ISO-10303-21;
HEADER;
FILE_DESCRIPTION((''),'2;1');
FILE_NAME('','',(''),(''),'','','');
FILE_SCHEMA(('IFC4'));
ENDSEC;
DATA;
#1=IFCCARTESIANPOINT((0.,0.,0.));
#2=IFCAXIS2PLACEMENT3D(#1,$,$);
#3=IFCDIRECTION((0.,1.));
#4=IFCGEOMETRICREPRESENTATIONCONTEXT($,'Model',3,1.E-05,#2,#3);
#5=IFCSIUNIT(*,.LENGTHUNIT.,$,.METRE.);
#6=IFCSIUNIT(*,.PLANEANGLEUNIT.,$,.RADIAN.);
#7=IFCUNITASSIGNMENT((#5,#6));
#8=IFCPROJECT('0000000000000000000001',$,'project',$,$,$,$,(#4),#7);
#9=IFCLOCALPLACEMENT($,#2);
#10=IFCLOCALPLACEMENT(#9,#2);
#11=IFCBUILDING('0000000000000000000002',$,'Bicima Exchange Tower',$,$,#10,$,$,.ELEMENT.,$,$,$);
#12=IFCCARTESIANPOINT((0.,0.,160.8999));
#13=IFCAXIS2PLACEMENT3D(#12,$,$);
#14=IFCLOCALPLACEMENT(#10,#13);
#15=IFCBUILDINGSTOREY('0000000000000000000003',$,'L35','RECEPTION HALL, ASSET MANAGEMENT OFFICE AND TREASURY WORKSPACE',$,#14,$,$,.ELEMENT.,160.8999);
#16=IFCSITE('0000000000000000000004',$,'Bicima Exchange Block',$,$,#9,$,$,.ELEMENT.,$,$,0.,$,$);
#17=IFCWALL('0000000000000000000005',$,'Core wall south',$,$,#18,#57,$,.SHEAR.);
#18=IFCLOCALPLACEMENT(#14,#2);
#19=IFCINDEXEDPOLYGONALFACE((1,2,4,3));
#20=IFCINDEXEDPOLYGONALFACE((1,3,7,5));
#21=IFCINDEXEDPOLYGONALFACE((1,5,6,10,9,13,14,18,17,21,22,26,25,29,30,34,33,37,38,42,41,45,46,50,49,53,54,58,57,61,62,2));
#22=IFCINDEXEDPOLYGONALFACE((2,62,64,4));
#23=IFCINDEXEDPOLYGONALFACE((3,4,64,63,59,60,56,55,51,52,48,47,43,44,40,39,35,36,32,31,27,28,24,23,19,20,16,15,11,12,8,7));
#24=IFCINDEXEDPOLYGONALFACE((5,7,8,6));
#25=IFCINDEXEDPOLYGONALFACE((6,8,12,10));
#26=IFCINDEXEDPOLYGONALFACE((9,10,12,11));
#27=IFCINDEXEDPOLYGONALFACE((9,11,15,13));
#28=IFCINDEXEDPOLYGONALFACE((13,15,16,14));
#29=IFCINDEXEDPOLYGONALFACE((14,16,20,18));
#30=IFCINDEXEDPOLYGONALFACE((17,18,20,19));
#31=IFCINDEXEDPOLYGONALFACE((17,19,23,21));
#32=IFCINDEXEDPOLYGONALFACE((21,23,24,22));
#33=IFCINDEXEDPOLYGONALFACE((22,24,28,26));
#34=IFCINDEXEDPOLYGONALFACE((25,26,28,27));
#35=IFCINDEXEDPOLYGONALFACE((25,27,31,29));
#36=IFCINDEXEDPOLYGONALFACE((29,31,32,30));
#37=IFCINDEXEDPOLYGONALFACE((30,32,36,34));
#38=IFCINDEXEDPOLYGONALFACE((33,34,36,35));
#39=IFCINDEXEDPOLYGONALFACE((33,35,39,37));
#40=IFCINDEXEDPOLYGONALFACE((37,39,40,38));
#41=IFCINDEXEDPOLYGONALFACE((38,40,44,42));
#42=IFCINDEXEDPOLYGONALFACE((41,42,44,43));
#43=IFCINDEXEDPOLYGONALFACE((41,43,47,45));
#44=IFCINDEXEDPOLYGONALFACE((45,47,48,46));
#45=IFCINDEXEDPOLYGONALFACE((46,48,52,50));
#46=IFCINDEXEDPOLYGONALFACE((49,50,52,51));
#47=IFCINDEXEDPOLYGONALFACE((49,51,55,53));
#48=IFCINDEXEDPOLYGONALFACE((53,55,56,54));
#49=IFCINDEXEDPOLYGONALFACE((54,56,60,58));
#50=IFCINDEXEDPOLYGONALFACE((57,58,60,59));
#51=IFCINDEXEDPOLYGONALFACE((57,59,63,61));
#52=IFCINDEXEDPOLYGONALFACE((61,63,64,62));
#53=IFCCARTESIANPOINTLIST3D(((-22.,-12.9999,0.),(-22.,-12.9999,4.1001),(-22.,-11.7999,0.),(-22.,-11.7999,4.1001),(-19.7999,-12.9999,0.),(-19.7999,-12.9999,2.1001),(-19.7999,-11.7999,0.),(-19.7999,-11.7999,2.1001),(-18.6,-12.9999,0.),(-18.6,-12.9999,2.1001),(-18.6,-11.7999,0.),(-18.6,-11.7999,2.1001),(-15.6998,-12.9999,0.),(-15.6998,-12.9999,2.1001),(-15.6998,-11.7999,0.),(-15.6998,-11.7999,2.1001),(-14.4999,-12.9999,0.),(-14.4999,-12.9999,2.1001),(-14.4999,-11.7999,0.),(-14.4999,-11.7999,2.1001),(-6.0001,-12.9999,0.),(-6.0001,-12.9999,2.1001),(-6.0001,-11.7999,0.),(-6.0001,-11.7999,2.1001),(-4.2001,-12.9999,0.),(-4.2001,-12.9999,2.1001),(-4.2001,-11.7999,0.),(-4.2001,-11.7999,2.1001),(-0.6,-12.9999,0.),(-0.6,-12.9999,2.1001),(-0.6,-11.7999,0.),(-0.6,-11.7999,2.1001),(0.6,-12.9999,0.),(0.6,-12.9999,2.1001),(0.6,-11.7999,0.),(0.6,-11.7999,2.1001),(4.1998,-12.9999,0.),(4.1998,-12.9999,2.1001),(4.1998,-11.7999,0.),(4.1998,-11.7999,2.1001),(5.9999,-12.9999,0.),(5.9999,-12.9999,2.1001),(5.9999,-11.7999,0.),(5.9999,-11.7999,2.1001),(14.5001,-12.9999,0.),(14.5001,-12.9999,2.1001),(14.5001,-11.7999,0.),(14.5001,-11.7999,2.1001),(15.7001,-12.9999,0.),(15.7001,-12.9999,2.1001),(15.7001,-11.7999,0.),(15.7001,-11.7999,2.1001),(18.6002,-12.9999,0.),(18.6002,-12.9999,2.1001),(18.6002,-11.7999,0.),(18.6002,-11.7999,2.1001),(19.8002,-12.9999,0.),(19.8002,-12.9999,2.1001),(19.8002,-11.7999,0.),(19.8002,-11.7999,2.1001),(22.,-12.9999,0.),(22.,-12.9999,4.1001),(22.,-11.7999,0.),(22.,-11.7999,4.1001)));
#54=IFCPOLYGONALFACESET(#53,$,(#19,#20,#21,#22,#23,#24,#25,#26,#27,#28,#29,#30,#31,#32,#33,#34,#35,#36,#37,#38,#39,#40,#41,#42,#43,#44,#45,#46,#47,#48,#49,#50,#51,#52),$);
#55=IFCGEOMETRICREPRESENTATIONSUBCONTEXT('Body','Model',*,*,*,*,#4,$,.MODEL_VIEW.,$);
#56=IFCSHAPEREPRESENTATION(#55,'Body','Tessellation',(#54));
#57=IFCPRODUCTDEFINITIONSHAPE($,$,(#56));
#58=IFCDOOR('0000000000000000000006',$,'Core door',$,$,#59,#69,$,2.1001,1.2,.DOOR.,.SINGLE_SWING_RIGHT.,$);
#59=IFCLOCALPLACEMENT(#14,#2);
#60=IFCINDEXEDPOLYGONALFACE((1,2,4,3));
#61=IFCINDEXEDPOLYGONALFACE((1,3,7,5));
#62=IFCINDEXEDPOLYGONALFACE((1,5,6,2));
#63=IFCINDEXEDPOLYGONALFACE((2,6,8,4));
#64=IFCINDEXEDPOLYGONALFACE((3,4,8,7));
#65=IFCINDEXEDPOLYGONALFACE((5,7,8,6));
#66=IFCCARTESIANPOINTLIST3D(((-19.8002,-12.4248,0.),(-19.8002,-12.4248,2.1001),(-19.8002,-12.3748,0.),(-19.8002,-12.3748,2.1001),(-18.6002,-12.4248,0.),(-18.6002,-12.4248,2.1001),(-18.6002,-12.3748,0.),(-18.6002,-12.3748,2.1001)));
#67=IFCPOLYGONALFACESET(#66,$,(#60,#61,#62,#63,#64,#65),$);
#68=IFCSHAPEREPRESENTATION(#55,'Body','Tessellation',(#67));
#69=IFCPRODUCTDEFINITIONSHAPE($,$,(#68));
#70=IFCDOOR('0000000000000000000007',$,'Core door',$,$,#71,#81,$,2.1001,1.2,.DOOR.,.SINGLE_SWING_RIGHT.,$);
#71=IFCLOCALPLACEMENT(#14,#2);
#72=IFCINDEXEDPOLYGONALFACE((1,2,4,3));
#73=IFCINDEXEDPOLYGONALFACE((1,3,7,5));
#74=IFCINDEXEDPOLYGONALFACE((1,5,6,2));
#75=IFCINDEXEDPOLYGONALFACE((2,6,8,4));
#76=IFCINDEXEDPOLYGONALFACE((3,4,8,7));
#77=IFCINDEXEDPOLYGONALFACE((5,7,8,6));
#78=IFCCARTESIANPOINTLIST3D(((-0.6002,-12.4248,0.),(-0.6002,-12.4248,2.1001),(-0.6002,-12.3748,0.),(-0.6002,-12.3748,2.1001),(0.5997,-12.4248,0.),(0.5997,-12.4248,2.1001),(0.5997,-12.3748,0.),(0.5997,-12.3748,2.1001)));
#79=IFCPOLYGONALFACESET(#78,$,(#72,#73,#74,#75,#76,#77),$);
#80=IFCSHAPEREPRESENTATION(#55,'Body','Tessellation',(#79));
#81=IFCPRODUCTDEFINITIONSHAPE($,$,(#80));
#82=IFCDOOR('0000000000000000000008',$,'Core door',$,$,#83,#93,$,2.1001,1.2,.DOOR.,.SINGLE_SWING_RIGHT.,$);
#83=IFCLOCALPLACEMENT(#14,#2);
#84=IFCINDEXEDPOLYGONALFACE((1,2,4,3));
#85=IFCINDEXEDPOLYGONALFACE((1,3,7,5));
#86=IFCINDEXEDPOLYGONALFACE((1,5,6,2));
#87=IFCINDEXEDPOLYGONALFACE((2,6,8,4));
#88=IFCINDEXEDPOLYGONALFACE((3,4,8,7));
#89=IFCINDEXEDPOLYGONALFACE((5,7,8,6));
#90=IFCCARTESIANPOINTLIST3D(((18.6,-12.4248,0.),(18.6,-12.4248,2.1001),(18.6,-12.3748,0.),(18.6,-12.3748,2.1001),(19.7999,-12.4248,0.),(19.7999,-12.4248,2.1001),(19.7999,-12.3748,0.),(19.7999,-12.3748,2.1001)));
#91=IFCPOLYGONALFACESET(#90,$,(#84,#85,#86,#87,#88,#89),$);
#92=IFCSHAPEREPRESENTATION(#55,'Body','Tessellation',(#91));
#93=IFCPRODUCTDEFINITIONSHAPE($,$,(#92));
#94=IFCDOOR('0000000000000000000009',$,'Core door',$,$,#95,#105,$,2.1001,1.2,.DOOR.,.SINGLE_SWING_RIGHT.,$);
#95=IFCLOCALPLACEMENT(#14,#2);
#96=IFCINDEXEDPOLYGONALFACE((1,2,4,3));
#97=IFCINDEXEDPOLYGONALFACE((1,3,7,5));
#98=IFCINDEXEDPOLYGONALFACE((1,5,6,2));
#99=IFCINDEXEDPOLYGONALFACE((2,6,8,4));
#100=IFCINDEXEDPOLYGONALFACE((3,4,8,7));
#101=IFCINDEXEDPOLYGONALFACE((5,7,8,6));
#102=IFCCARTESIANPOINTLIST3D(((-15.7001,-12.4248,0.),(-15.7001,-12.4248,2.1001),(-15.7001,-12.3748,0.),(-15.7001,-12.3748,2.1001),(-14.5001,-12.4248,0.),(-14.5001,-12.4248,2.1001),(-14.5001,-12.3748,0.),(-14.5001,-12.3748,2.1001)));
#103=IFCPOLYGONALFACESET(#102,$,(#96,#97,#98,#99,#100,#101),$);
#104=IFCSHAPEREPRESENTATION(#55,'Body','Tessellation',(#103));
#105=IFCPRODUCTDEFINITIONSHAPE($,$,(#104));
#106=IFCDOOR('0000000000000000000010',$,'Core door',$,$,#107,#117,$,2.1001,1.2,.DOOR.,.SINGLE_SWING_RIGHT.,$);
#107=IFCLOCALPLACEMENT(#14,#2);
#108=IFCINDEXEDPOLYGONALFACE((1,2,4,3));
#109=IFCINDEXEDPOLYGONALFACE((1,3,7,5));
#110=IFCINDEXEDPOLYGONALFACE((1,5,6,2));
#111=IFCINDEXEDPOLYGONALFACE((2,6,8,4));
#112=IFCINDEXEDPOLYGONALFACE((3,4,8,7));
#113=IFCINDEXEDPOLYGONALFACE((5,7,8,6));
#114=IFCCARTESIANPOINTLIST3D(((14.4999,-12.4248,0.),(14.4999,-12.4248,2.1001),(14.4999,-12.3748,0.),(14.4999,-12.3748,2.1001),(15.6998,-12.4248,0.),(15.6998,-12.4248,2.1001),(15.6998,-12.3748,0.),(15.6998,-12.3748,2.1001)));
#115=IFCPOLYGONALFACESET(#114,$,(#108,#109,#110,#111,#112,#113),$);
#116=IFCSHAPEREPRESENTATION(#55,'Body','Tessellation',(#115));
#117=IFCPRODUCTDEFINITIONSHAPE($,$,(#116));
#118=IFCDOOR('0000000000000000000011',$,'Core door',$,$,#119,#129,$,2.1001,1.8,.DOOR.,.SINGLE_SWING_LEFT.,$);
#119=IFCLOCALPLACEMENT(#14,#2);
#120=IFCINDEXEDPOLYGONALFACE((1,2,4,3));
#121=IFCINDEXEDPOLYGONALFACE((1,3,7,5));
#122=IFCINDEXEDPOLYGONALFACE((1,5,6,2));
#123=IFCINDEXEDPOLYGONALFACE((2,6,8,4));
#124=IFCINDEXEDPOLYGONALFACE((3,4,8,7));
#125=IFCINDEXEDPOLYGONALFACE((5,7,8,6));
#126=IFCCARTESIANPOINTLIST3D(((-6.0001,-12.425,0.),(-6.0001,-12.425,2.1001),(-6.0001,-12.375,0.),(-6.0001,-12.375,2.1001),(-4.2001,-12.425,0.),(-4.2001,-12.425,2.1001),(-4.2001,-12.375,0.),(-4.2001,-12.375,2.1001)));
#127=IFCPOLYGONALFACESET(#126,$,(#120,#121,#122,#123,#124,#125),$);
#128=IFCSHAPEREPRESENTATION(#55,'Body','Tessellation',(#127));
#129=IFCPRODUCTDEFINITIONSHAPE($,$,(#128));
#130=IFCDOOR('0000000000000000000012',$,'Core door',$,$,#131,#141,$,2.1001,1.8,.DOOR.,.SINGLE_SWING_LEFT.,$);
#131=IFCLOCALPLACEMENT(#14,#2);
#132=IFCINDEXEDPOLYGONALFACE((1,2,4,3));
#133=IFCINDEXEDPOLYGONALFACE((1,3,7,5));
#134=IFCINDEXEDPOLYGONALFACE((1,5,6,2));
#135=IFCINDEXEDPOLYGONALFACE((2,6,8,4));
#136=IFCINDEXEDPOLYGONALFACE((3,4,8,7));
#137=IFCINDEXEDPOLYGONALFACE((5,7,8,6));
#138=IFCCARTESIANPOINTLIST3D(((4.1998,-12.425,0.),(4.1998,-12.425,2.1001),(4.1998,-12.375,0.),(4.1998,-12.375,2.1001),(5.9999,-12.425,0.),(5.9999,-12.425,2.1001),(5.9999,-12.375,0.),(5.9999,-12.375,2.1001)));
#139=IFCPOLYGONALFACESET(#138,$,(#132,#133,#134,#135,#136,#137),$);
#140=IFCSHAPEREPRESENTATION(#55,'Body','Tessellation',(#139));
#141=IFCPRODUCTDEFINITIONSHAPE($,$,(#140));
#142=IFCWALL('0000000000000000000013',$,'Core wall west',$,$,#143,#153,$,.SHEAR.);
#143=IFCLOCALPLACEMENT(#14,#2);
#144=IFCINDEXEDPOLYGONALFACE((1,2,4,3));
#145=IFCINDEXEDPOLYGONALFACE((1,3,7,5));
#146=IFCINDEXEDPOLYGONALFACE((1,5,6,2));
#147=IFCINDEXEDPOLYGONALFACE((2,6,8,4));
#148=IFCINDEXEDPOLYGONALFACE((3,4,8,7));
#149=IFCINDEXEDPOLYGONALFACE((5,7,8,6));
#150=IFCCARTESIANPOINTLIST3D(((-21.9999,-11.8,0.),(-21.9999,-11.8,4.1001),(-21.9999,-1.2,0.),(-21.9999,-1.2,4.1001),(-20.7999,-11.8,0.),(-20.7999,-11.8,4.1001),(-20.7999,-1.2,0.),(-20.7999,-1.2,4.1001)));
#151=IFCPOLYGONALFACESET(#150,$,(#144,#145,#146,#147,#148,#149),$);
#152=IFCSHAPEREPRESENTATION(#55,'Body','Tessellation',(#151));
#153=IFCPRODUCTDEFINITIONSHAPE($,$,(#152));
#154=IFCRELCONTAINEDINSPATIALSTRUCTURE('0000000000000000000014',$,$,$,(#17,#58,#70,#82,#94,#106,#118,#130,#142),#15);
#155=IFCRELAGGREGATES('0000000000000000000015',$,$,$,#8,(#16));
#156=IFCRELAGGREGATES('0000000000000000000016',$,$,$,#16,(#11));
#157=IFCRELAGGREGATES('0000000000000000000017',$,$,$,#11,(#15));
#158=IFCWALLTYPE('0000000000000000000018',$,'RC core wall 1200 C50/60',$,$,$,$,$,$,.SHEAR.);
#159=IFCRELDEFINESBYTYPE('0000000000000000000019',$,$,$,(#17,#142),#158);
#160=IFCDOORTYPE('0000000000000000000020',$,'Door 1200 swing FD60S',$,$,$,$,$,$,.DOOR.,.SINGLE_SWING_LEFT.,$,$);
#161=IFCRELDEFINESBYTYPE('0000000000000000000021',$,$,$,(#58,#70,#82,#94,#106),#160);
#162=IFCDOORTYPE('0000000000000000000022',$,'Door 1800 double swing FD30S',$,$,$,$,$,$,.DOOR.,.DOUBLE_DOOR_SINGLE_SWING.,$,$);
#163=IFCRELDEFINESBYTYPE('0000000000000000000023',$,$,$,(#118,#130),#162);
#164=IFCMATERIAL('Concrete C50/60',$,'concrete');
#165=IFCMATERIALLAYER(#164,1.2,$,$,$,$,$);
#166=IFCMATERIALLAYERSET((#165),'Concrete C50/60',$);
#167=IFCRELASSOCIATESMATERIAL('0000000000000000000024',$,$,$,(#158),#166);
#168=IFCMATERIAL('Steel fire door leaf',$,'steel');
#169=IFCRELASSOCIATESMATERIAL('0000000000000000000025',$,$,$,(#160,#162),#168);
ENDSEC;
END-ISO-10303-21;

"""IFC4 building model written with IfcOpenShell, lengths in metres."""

from ifc_helpers import new_model, si_unit, direction, frame, frame_2d, origin, place, context, subcontext, project, spatial, rectangle, extrude, material, layer, layer_set, type_object, element, fill, save


model = new_model("IFC4")

# Units and contexts
model_context = context("Model", 3, precision=1e-05, world=origin(), true_north=direction((0.0, 1.0)))
body_context = subcontext(model_context, "Body", "Model", "MODEL_VIEW")
ifc_project = project(units=[si_unit("LENGTHUNIT", "METRE"), si_unit("PLANEANGLEUNIT", "RADIAN")], contexts=[model_context])

# Site, building, storey
site_placement = place(None, origin())
site = spatial("IfcSite", under=ifc_project, at=site_placement, Name="Bicima Exchange Block", CompositionType="ELEMENT", RefElevation=0.0)
building_placement = place(site_placement, origin())
building = spatial("IfcBuilding", under=site, at=building_placement, Name="Bicima Exchange Tower", CompositionType="ELEMENT")
storey_placement = place(building_placement, frame((0.0, 0.0, 160.8999)))
storey = spatial("IfcBuildingStorey", under=building, at=storey_placement, Name="L35", Description="RECEPTION HALL, ASSET MANAGEMENT OFFICE AND TREASURY WORKSPACE", CompositionType="ELEMENT", Elevation=160.8999)

# Wall, openings, doors
ifc_material_1 = material(Name="Concrete C50/60", Category="concrete")
ifc_layer_1 = layer(ifc_material_1, 1.2)
ifc_layer_set_1 = layer_set([ifc_layer_1], Name="Concrete C50/60")
wall_type_1 = type_object("IfcWallType", Name="RC core wall 1200 C50/60", PredefinedType="SHEAR", material=ifc_layer_set_1)
wall_1_placement = place(storey_placement, frame((-22.0, -12.3999, 0.0), z_axis=(0.0, 0.0, 1.0), x_axis=(1.0, 0.0, 0.0)))
wall_1 = element("IfcWall", 1, at=wall_1_placement, inside=storey, type_object=wall_type_1, Name="Core wall south", PredefinedType="SHEAR", context=body_context, shape_type="SweptSolid", body=[
    extrude(rectangle(XDim=44.0, YDim=1.2, at=frame_2d((22.0, 0.0))), origin(), (0.0, 0.0, 1.0), 4.1001),
])
opening_1_placement = place(wall_1_placement, frame((2.2, 0.0, 0.0)))
opening_1 = element("IfcOpeningElement", 2, at=opening_1_placement, cuts=wall_1, PredefinedType="OPENING", context=body_context, shape_type="SweptSolid", body=[
    extrude(rectangle(XDim=1.2, YDim=2.1001, at=frame_2d((0.6001, 1.05))), frame((0.0, 0.6118, 0.0), z_axis=(0.0, -1.0, 0.0), x_axis=(1.0, 0.0, 0.0)), (0.0, 0.0, 1.0), 1.2239),
])
opening_2_placement = place(wall_1_placement, frame((21.3999, 0.0, 0.0)))
opening_2 = element("IfcOpeningElement", 3, at=opening_2_placement, cuts=wall_1, PredefinedType="OPENING", context=body_context, shape_type="SweptSolid", body=[
    extrude(rectangle(XDim=1.2, YDim=2.1001, at=frame_2d((0.6001, 1.05))), frame((0.0, 0.6118, 0.0), z_axis=(0.0, -1.0, 0.0), x_axis=(1.0, 0.0, 0.0)), (0.0, 0.0, 1.0), 1.2239),
])
opening_3_placement = place(wall_1_placement, frame((40.6001, 0.0, 0.0)))
opening_3 = element("IfcOpeningElement", 4, at=opening_3_placement, cuts=wall_1, PredefinedType="OPENING", context=body_context, shape_type="SweptSolid", body=[
    extrude(rectangle(XDim=1.2, YDim=2.1001, at=frame_2d((0.6001, 1.05))), frame((0.0, 0.6118, 0.0), z_axis=(0.0, -1.0, 0.0), x_axis=(1.0, 0.0, 0.0)), (0.0, 0.0, 1.0), 1.2239),
])
opening_4_placement = place(wall_1_placement, frame((16.0, 0.0, 0.0)))
opening_4 = element("IfcOpeningElement", 5, at=opening_4_placement, cuts=wall_1, PredefinedType="OPENING", context=body_context, shape_type="SweptSolid", body=[
    extrude(rectangle(XDim=1.8, YDim=2.1001, at=frame_2d((0.8999, 1.05))), frame((0.0, 0.6118, 0.0), z_axis=(0.0, -1.0, 0.0), x_axis=(1.0, 0.0, 0.0)), (0.0, 0.0, 1.0), 1.2239),
])
opening_5_placement = place(wall_1_placement, frame((6.3, 0.0, 0.0)))
opening_5 = element("IfcOpeningElement", 6, at=opening_5_placement, cuts=wall_1, PredefinedType="OPENING", context=body_context, shape_type="SweptSolid", body=[
    extrude(rectangle(XDim=1.2, YDim=2.1001, at=frame_2d((0.6001, 1.05))), frame((0.0, 0.6118, 0.0), z_axis=(0.0, -1.0, 0.0), x_axis=(1.0, 0.0, 0.0)), (0.0, 0.0, 1.0), 1.2239),
])
opening_6_placement = place(wall_1_placement, frame((26.2, 0.0, 0.0)))
opening_6 = element("IfcOpeningElement", 7, at=opening_6_placement, cuts=wall_1, PredefinedType="OPENING", context=body_context, shape_type="SweptSolid", body=[
    extrude(rectangle(XDim=1.8, YDim=2.1001, at=frame_2d((0.8999, 1.05))), frame((0.0, 0.6118, 0.0), z_axis=(0.0, -1.0, 0.0), x_axis=(1.0, 0.0, 0.0)), (0.0, 0.0, 1.0), 1.2239),
])
opening_7_placement = place(wall_1_placement, frame((36.5, 0.0, 0.0)))
opening_7 = element("IfcOpeningElement", 8, at=opening_7_placement, cuts=wall_1, PredefinedType="OPENING", context=body_context, shape_type="SweptSolid", body=[
    extrude(rectangle(XDim=1.2, YDim=2.1001, at=frame_2d((0.6001, 1.05))), frame((0.0, 0.6118, 0.0), z_axis=(0.0, -1.0, 0.0), x_axis=(1.0, 0.0, 0.0)), (0.0, 0.0, 1.0), 1.2239),
])
ifc_material_2 = material(Name="Steel fire door leaf", Category="steel")
door_type_1 = type_object("IfcDoorType", Name="Door 1200 swing FD60S", OperationType="SINGLE_SWING_LEFT", PredefinedType="DOOR", material=ifc_material_2)
door_1_placement = place(opening_1_placement, frame((1.2, 0.0, 0.0), z_axis=(0.0, 0.0, 1.0), x_axis=(-1.0, 0.0, 0.0)))
door_1 = element("IfcDoor", 9, at=door_1_placement, inside=storey, type_object=door_type_1, Name="Core door", OperationType="SINGLE_SWING_RIGHT", OverallHeight=2.1001, OverallWidth=1.2, PredefinedType="DOOR", context=body_context, shape_type="SweptSolid", body=[
    extrude(rectangle(XDim=1.2, YDim=2.1001, at=frame_2d((0.6001, 1.05))), frame((0.0, 0.0249, 0.0), z_axis=(0.0, -1.0, 0.0), x_axis=(1.0, 0.0, 0.0)), (0.0, 0.0, 1.0), 0.05),
])
fill(opening_1, door_1)
door_2_placement = place(opening_2_placement, frame((1.2, 0.0, 0.0), z_axis=(0.0, 0.0, 1.0), x_axis=(-1.0, 0.0, 0.0)))
door_2 = element("IfcDoor", 10, at=door_2_placement, inside=storey, type_object=door_type_1, Name="Core door", OperationType="SINGLE_SWING_RIGHT", OverallHeight=2.1001, OverallWidth=1.2, PredefinedType="DOOR", context=body_context, shape_type="SweptSolid", body=[
    extrude(rectangle(XDim=1.2, YDim=2.1001, at=frame_2d((0.6001, 1.05))), frame((0.0, 0.0249, 0.0), z_axis=(0.0, -1.0, 0.0), x_axis=(1.0, 0.0, 0.0)), (0.0, 0.0, 1.0), 0.05),
])
fill(opening_2, door_2)
door_3_placement = place(opening_3_placement, frame((1.2, 0.0, 0.0), z_axis=(0.0, 0.0, 1.0), x_axis=(-1.0, 0.0, 0.0)))
door_3 = element("IfcDoor", 11, at=door_3_placement, inside=storey, type_object=door_type_1, Name="Core door", OperationType="SINGLE_SWING_RIGHT", OverallHeight=2.1001, OverallWidth=1.2, PredefinedType="DOOR", context=body_context, shape_type="SweptSolid", body=[
    extrude(rectangle(XDim=1.2, YDim=2.1001, at=frame_2d((0.6001, 1.05))), frame((0.0, 0.0249, 0.0), z_axis=(0.0, -1.0, 0.0), x_axis=(1.0, 0.0, 0.0)), (0.0, 0.0, 1.0), 0.05),
])
fill(opening_3, door_3)
door_4_placement = place(opening_5_placement, frame((1.2, 0.0, 0.0), z_axis=(0.0, 0.0, 1.0), x_axis=(-1.0, 0.0, 0.0)))
door_4 = element("IfcDoor", 12, at=door_4_placement, inside=storey, type_object=door_type_1, Name="Core door", OperationType="SINGLE_SWING_RIGHT", OverallHeight=2.1001, OverallWidth=1.2, PredefinedType="DOOR", context=body_context, shape_type="SweptSolid", body=[
    extrude(rectangle(XDim=1.2, YDim=2.1001, at=frame_2d((0.6001, 1.05))), frame((0.0, 0.0249, 0.0), z_axis=(0.0, -1.0, 0.0), x_axis=(1.0, 0.0, 0.0)), (0.0, 0.0, 1.0), 0.05),
])
fill(opening_5, door_4)
door_5_placement = place(opening_7_placement, frame((1.2, 0.0, 0.0), z_axis=(0.0, 0.0, 1.0), x_axis=(-1.0, 0.0, 0.0)))
door_5 = element("IfcDoor", 13, at=door_5_placement, inside=storey, type_object=door_type_1, Name="Core door", OperationType="SINGLE_SWING_RIGHT", OverallHeight=2.1001, OverallWidth=1.2, PredefinedType="DOOR", context=body_context, shape_type="SweptSolid", body=[
    extrude(rectangle(XDim=1.2, YDim=2.1001, at=frame_2d((0.6001, 1.05))), frame((0.0, 0.0249, 0.0), z_axis=(0.0, -1.0, 0.0), x_axis=(1.0, 0.0, 0.0)), (0.0, 0.0, 1.0), 0.05),
])
fill(opening_7, door_5)
door_type_2 = type_object("IfcDoorType", Name="Door 1800 double swing FD30S", OperationType="DOUBLE_DOOR_SINGLE_SWING", PredefinedType="DOOR", material=ifc_material_2)
door_6_placement = place(opening_4_placement, origin())
door_6 = element("IfcDoor", 14, at=door_6_placement, inside=storey, type_object=door_type_2, Name="Core door", OperationType="SINGLE_SWING_LEFT", OverallHeight=2.1001, OverallWidth=1.8, PredefinedType="DOOR", context=body_context, shape_type="SweptSolid", body=[
    extrude(rectangle(XDim=1.8, YDim=2.1001, at=frame_2d((0.8999, 1.05))), frame((0.0, 0.0249, 0.0), z_axis=(0.0, -1.0, 0.0), x_axis=(1.0, 0.0, 0.0)), (0.0, 0.0, 1.0), 0.05),
])
fill(opening_4, door_6)
door_7_placement = place(opening_6_placement, origin())
door_7 = element("IfcDoor", 15, at=door_7_placement, inside=storey, type_object=door_type_2, Name="Core door", OperationType="SINGLE_SWING_LEFT", OverallHeight=2.1001, OverallWidth=1.8, PredefinedType="DOOR", context=body_context, shape_type="SweptSolid", body=[
    extrude(rectangle(XDim=1.8, YDim=2.1001, at=frame_2d((0.8999, 1.05))), frame((0.0, 0.0249, 0.0), z_axis=(0.0, -1.0, 0.0), x_axis=(1.0, 0.0, 0.0)), (0.0, 0.0, 1.0), 0.05),
])
fill(opening_6, door_7)

# Wall
wall_2_placement = place(storey_placement, frame((-21.3999, -11.8, 0.0), z_axis=(0.0, 0.0, 1.0), x_axis=(0.0, 1.0, 0.0)))
element("IfcWall", 16, at=wall_2_placement, inside=storey, type_object=wall_type_1, Name="Core wall west", PredefinedType="SHEAR", context=body_context, shape_type="SweptSolid", body=[
    extrude(rectangle(XDim=10.6001, YDim=1.2, at=frame_2d((5.3, 0.0))), origin(), (0.0, 0.0, 1.0), 4.1001),
])

save(model, "model.ifc")
